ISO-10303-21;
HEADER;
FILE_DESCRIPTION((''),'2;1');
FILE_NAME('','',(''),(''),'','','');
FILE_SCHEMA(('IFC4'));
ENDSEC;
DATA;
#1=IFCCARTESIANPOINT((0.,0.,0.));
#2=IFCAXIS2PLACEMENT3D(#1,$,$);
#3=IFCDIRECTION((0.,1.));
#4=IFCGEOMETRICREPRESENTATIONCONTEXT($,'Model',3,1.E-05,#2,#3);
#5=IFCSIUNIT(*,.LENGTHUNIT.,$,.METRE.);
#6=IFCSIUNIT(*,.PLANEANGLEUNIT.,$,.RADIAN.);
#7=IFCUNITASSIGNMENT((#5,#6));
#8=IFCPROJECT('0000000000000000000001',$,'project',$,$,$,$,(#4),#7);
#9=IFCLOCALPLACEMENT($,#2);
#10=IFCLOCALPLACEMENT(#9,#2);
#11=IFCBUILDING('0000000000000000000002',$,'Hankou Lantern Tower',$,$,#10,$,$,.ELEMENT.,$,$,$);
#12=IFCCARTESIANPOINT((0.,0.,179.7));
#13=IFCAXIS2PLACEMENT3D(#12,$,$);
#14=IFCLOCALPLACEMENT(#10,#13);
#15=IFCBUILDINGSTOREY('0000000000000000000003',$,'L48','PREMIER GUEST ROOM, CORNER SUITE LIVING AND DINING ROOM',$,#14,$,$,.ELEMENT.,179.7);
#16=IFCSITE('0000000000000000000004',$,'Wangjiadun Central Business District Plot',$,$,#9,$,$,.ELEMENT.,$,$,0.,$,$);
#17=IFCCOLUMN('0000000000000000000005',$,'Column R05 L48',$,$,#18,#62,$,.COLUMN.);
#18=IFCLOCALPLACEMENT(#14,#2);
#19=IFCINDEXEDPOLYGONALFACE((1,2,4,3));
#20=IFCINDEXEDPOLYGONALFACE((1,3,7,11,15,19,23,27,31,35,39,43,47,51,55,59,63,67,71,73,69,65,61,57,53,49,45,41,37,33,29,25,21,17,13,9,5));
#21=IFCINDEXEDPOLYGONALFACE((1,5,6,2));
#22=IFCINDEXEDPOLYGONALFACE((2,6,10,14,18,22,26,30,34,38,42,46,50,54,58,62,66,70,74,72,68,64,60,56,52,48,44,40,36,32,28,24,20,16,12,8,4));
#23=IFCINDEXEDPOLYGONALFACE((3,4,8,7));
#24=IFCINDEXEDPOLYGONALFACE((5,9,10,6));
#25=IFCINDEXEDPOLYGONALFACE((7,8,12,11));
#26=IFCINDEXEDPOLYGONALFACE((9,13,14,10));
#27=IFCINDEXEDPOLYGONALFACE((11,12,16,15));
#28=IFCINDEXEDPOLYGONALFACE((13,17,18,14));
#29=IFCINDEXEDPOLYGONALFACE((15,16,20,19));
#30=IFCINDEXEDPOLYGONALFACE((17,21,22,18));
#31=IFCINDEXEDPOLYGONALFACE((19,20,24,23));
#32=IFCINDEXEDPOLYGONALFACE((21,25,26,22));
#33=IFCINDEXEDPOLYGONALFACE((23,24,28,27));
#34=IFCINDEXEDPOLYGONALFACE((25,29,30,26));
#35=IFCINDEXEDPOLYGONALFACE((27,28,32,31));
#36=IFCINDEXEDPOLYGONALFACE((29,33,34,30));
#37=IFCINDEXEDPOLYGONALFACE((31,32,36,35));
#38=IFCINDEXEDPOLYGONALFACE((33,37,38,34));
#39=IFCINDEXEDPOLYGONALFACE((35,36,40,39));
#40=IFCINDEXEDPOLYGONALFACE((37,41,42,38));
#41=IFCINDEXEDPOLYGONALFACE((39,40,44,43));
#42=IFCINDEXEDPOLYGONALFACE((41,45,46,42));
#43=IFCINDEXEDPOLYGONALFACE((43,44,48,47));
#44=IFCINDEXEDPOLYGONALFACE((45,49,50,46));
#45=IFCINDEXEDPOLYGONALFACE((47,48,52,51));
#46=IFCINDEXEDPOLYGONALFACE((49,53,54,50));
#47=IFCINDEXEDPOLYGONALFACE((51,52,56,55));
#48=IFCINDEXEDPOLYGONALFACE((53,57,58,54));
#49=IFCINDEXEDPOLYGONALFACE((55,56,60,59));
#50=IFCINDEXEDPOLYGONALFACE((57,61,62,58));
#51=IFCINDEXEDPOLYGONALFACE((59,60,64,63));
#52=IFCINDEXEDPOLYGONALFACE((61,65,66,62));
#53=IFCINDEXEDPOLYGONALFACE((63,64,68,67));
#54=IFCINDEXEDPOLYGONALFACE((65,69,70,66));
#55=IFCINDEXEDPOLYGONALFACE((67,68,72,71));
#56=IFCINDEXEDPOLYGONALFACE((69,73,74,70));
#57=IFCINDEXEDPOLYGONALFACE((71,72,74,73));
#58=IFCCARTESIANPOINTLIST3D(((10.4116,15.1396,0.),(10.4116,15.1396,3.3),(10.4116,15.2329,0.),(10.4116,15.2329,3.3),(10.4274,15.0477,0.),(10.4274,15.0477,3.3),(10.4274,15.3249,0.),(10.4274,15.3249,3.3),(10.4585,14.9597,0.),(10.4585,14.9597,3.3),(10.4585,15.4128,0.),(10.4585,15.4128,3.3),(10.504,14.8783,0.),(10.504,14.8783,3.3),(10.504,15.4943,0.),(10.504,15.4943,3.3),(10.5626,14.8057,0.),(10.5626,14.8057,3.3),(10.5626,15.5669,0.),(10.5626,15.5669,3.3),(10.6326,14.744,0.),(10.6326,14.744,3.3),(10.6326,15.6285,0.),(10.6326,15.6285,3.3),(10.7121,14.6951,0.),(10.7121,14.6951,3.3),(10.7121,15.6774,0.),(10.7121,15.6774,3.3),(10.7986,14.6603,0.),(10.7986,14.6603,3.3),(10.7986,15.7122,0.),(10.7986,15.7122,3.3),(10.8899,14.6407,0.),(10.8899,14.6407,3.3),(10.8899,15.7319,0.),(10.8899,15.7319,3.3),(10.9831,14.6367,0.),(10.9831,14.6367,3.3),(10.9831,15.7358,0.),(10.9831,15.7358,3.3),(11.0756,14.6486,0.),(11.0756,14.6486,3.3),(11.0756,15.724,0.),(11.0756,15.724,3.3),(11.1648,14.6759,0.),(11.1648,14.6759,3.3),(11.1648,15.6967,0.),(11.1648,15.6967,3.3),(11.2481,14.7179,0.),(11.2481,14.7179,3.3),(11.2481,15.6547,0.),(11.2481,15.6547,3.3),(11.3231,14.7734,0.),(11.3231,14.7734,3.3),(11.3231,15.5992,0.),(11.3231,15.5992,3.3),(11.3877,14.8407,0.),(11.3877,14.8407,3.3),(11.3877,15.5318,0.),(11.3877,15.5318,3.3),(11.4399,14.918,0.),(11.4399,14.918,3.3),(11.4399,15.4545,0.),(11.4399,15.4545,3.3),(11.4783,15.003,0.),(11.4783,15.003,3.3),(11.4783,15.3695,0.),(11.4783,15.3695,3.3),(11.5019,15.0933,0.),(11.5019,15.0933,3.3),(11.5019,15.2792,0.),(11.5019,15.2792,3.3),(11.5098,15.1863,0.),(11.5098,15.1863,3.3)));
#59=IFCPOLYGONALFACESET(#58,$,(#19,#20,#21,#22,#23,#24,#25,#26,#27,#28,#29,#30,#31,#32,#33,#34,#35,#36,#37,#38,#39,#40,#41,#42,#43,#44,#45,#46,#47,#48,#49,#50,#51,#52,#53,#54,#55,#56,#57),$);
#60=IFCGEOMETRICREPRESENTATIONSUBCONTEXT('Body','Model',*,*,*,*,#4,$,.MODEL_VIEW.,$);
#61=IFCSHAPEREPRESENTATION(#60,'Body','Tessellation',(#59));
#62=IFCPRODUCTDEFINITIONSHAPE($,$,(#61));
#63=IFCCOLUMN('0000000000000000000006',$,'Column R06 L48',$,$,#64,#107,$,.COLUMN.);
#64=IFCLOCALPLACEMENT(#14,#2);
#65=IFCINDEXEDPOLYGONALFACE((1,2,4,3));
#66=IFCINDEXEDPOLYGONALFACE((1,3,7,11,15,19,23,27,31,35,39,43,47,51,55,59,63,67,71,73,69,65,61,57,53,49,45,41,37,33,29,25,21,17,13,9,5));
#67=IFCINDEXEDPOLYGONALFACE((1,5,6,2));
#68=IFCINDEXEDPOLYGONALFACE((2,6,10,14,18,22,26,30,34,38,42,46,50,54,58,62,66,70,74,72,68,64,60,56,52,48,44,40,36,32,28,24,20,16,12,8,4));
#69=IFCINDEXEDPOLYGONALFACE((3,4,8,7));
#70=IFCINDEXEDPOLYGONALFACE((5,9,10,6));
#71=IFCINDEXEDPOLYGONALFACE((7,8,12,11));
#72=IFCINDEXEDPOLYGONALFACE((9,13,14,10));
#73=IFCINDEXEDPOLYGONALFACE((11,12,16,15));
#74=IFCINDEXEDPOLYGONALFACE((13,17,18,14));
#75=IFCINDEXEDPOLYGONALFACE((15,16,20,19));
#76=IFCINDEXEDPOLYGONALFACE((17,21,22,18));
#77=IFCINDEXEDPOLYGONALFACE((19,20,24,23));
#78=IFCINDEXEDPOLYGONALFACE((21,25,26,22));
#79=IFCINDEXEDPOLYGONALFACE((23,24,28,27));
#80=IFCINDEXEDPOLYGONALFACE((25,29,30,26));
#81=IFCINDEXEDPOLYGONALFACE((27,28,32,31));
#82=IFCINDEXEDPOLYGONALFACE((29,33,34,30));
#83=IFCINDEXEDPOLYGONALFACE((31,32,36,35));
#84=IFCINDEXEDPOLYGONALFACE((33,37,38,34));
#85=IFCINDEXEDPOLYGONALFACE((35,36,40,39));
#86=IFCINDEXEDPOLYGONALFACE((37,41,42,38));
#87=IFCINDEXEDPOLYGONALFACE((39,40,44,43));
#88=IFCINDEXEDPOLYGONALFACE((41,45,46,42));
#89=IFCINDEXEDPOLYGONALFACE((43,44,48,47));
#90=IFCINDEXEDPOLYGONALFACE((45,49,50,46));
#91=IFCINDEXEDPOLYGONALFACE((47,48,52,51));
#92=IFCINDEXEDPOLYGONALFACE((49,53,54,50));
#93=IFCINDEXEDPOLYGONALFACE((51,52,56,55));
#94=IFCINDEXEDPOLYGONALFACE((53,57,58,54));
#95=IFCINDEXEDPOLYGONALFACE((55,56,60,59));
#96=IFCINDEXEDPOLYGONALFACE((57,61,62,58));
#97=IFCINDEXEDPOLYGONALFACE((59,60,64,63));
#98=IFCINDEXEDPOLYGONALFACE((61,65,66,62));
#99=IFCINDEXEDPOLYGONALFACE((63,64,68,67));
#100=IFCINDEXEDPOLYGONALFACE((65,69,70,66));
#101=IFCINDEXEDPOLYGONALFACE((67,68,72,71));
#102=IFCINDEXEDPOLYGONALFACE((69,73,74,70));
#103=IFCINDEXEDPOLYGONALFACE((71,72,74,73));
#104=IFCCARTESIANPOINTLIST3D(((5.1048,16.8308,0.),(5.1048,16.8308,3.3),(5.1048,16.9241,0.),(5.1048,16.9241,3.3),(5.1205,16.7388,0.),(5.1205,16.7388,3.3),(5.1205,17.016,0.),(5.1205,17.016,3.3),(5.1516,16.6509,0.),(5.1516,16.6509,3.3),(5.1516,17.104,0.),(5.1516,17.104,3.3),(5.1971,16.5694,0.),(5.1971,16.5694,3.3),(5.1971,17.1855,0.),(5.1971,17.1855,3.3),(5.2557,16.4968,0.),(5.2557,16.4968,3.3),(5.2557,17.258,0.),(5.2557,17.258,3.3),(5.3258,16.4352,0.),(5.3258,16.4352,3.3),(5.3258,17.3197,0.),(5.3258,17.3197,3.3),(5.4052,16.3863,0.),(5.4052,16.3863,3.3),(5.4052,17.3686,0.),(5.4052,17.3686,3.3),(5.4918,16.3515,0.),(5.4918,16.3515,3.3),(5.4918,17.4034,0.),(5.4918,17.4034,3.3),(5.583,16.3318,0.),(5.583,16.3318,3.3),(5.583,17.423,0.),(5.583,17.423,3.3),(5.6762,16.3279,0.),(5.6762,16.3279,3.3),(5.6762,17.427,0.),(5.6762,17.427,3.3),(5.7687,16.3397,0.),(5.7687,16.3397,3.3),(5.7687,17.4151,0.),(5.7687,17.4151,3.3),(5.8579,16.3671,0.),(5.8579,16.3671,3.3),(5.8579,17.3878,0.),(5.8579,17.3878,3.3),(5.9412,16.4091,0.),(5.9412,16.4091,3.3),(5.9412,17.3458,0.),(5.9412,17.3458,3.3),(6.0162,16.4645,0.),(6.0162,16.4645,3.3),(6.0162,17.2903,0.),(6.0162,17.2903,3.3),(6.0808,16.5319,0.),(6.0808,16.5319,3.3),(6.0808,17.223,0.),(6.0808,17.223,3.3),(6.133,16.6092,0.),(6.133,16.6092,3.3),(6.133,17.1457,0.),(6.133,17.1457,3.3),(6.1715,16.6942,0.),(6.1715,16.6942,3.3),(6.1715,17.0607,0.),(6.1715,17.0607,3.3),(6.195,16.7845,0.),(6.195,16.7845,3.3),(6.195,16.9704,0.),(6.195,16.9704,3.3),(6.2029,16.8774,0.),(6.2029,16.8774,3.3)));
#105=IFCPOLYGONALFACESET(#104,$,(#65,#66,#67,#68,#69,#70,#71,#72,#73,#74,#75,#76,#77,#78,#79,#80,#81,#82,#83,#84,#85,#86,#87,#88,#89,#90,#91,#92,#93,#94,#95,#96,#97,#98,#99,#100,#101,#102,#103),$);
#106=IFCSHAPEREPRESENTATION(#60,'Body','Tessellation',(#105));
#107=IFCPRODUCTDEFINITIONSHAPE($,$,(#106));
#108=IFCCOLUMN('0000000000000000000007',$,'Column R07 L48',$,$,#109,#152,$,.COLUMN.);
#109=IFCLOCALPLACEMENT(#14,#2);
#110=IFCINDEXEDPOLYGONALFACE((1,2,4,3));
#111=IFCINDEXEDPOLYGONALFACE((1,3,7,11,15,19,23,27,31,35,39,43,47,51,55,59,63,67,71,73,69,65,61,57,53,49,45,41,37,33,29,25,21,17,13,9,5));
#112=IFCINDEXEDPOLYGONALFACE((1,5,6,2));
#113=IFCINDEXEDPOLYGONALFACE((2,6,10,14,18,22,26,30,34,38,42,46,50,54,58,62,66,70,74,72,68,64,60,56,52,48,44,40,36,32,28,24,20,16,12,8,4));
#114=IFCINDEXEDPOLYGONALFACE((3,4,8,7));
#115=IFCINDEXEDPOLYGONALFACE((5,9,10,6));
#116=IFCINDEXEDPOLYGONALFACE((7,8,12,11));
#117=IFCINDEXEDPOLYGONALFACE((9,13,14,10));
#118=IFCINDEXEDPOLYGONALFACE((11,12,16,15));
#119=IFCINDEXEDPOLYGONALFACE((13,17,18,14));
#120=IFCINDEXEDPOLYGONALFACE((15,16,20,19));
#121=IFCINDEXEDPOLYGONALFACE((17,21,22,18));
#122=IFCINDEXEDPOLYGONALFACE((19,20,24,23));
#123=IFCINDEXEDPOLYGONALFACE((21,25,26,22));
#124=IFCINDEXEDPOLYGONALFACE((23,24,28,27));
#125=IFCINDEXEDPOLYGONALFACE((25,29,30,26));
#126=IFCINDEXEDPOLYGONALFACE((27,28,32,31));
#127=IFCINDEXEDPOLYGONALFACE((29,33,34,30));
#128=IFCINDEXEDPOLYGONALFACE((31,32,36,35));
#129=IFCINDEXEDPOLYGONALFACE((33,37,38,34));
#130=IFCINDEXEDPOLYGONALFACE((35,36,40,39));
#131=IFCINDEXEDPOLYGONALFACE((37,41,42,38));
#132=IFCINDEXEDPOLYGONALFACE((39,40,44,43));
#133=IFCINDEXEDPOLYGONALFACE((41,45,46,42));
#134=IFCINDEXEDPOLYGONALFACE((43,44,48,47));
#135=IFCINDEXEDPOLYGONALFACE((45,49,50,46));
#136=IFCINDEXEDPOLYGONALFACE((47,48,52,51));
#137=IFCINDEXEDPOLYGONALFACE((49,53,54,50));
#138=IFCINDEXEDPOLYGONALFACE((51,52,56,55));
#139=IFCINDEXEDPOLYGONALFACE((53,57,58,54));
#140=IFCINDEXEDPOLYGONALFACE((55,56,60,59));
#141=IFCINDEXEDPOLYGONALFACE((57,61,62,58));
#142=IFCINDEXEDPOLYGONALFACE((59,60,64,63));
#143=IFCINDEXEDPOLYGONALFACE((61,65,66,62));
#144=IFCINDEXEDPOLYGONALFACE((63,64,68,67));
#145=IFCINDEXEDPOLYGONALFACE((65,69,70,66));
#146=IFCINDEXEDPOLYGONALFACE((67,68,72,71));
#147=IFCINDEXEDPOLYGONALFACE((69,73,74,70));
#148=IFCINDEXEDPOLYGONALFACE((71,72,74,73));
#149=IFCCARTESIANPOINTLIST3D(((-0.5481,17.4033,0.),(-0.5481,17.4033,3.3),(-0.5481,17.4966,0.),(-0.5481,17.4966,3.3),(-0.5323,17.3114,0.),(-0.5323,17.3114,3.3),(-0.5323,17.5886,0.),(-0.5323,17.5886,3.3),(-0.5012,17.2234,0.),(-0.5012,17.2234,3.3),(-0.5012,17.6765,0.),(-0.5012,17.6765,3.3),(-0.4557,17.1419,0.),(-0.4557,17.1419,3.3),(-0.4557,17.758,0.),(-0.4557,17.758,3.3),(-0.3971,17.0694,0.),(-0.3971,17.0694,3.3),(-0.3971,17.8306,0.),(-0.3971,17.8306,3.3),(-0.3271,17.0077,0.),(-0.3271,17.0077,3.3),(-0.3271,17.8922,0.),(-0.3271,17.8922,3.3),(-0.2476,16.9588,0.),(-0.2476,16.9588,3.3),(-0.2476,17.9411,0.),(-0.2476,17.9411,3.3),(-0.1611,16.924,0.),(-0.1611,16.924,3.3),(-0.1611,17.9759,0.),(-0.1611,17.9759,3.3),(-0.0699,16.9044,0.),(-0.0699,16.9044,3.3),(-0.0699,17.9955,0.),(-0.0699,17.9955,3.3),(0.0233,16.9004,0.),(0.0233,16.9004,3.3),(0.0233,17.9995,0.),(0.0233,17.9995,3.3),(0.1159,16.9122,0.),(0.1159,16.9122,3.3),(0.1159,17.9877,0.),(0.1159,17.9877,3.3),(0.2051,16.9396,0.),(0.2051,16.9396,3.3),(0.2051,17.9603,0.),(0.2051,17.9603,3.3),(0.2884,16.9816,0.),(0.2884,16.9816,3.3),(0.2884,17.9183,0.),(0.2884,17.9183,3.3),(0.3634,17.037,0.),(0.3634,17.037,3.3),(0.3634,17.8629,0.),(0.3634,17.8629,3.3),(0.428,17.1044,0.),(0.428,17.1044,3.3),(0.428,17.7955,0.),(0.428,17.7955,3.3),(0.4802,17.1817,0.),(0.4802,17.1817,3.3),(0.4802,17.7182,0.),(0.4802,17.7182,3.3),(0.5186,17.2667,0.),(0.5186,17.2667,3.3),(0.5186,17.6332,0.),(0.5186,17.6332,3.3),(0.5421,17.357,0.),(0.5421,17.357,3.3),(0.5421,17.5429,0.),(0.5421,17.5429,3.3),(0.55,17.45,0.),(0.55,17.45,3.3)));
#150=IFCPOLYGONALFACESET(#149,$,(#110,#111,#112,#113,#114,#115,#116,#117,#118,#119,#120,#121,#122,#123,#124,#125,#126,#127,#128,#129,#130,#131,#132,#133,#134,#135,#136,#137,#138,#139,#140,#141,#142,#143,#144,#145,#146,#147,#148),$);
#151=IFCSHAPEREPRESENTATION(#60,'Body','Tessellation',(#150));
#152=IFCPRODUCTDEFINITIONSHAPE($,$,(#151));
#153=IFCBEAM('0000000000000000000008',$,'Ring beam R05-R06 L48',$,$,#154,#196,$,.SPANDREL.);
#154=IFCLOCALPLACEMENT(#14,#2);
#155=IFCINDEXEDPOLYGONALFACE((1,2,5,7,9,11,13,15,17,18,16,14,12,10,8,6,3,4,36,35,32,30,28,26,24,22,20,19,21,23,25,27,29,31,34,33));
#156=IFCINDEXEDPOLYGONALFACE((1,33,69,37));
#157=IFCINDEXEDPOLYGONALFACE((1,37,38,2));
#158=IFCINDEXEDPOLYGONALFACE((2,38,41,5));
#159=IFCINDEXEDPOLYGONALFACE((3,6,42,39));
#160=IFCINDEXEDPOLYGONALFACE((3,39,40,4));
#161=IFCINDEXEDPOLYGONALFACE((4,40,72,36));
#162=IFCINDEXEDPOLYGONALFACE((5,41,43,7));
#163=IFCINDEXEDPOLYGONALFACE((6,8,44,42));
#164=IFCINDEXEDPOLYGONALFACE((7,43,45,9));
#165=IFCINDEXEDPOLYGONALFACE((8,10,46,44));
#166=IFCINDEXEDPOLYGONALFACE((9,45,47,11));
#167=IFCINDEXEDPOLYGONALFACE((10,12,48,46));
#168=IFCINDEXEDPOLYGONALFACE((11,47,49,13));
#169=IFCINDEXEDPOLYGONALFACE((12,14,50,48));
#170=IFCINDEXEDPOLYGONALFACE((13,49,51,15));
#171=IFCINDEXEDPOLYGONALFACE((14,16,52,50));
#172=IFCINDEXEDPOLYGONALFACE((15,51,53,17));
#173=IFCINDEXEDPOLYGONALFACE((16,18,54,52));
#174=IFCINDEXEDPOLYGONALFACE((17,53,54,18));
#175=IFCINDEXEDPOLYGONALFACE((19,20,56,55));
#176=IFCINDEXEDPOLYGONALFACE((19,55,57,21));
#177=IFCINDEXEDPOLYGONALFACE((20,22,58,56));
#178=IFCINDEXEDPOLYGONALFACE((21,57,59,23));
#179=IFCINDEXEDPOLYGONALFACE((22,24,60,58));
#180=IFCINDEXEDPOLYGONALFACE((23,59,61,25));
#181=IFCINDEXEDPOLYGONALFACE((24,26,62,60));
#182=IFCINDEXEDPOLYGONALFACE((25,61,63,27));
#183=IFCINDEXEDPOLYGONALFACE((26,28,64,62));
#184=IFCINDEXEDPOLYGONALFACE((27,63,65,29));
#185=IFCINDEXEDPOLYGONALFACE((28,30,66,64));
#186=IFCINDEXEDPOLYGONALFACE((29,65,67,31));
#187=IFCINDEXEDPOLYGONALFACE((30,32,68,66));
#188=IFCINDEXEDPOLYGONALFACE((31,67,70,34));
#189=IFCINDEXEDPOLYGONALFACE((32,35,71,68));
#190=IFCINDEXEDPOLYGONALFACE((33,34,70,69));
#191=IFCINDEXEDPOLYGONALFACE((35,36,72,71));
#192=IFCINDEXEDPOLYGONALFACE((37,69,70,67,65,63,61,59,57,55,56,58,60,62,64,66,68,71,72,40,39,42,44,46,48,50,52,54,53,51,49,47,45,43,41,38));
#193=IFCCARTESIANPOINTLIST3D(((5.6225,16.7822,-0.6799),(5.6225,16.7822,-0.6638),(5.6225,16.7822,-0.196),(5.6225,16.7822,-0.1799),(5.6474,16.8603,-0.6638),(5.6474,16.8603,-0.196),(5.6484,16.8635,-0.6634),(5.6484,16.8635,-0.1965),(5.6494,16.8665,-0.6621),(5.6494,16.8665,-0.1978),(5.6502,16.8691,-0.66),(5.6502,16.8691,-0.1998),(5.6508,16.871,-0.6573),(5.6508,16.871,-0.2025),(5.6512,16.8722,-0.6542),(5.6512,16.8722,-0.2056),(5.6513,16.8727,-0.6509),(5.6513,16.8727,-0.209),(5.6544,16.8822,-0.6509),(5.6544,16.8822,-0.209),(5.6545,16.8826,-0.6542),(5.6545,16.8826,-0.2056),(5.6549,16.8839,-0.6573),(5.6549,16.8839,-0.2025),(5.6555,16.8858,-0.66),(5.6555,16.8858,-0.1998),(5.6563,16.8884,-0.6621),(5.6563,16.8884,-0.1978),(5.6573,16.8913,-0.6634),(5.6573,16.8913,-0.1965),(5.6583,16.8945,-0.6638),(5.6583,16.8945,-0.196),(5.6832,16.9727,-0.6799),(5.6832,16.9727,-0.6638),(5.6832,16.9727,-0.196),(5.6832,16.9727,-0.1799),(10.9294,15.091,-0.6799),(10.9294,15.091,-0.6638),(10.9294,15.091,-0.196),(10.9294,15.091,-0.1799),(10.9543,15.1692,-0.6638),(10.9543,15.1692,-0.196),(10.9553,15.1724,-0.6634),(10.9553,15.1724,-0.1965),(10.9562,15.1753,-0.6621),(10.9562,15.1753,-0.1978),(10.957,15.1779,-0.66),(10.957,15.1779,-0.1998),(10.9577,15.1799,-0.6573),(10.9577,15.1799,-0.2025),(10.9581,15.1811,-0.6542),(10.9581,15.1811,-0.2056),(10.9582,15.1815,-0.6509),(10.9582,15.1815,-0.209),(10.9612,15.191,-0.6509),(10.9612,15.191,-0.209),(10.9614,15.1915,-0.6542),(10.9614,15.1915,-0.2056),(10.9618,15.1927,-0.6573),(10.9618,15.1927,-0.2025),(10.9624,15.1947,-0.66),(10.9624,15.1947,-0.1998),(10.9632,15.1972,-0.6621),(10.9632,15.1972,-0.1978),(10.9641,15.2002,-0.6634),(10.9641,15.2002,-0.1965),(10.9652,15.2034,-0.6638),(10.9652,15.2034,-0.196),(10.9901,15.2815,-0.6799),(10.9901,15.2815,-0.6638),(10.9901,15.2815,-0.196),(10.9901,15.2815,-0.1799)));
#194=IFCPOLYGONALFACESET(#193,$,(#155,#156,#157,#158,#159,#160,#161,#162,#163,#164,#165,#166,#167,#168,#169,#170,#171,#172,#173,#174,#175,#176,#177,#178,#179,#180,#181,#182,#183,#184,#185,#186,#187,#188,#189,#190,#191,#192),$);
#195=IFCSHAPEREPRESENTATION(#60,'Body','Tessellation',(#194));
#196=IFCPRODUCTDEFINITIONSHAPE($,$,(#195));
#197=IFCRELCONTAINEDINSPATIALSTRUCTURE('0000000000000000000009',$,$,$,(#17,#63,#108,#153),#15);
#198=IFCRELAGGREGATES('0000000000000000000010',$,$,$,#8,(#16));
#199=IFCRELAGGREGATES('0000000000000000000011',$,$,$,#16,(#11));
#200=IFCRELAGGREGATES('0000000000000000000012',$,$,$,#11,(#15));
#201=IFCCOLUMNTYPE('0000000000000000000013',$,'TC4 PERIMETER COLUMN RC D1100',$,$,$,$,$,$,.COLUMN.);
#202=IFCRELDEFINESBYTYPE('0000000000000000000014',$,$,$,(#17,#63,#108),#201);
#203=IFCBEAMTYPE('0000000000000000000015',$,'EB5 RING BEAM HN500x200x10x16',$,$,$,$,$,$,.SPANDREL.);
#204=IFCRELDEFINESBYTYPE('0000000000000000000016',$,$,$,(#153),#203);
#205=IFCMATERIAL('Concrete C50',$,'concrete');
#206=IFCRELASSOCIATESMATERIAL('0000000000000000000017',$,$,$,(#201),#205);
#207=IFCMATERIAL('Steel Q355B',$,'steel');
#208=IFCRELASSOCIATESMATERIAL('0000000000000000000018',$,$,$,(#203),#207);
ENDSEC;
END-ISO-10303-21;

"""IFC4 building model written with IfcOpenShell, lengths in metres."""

from ifc_helpers import new_model, si_unit, direction, frame, origin, origin_2d, place, context, subcontext, project, spatial, circle, i_section, extrude, material, material_profile, profile_set, type_object, element, save


model = new_model("IFC4")

# Units and contexts
model_context = context("Model", 3, precision=1e-05, world=origin(), true_north=direction((0.0, 1.0)))
body_context = subcontext(model_context, "Body", "Model", "MODEL_VIEW")
ifc_project = project(units=[si_unit("LENGTHUNIT", "METRE"), si_unit("PLANEANGLEUNIT", "RADIAN")], contexts=[model_context])

# Site, building, storey
site_placement = place(None, origin())
site = spatial("IfcSite", under=ifc_project, at=site_placement, Name="Wangjiadun Central Business District Plot", CompositionType="ELEMENT", RefElevation=0.0)
building_placement = place(site_placement, origin())
building = spatial("IfcBuilding", under=site, at=building_placement, Name="Hankou Lantern Tower", CompositionType="ELEMENT")
storey_placement = place(building_placement, frame((0.0, 0.0, 179.7)))
storey = spatial("IfcBuildingStorey", under=building, at=storey_placement, Name="L48", Description="PREMIER GUEST ROOM, CORNER SUITE LIVING AND DINING ROOM", CompositionType="ELEMENT", Elevation=179.7)

# Columns
ifc_material_1 = material(Name="Concrete C50", Category="concrete")
ifc_material_profile_1 = material_profile(ifc_material_1, circle(Radius=0.55, at=origin_2d()), Name="RC D1100")
ifc_profile_set_1 = profile_set([ifc_material_profile_1], Name="Concrete C50")
column_type = type_object("IfcColumnType", Name="TC4 PERIMETER COLUMN RC D1100", PredefinedType="COLUMN", material=ifc_profile_set_1)
for number, where, z_axis, x_axis, name in (
    (1, (10.9597, 15.1863, 0.0), (0.0, 0.0, 1.0), (1.0, 0.0, 0.0), "Column R05 L48"),
    (2, (5.6528, 16.8774, 0.0), (0.0, 0.0, 1.0), (1.0, 0.0, 0.0), "Column R06 L48"),
    (3, (0.0, 17.45, 0.0), (0.0, 0.0, 1.0), (1.0, 0.0, 0.0), "Column R07 L48"),
):
    element("IfcColumn", number, at=place(storey_placement, frame(where, z_axis=z_axis, x_axis=x_axis)), inside=storey, type_object=column_type, Name=name, PredefinedType="COLUMN", context=body_context, shape_type="SweptSolid", body=[
        extrude(circle(Radius=0.55, at=origin_2d()), origin(), (0.0, 0.0, 1.0), 3.3),
    ])

# Beam
ifc_material_2 = material(Name="Steel Q355B", Category="steel")
ifc_material_profile_2 = material_profile(ifc_material_2, i_section(OverallWidth=0.2, OverallDepth=0.5, WebThickness=0.01, FlangeThickness=0.0161, FilletRadius=0.0129, at=origin_2d()), Name="HN500x200x10x16")
ifc_profile_set_2 = profile_set([ifc_material_profile_2], Name="Steel Q355B")
beam_type_1 = type_object("IfcBeamType", Name="EB5 RING BEAM HN500x200x10x16", PredefinedType="SPANDREL", material=ifc_profile_set_2)
beam_1_placement = place(storey_placement, frame((10.9597, 15.1863, -0.4299), z_axis=(-0.95279, 0.303629, 0.0), x_axis=(-0.303629, -0.95279, 0.0)))
element("IfcBeam", 4, at=beam_1_placement, inside=storey, type_object=beam_type_1, Name="Ring beam R05-R06 L48", PredefinedType="SPANDREL", context=body_context, shape_type="SweptSolid", body=[
    extrude(i_section(OverallWidth=0.2, OverallDepth=0.5, WebThickness=0.01, FlangeThickness=0.0161, FilletRadius=0.0129, at=origin_2d()), origin(), (0.0, 0.0, 1.0), 5.5698),
])

save(model, "model.ifc")
